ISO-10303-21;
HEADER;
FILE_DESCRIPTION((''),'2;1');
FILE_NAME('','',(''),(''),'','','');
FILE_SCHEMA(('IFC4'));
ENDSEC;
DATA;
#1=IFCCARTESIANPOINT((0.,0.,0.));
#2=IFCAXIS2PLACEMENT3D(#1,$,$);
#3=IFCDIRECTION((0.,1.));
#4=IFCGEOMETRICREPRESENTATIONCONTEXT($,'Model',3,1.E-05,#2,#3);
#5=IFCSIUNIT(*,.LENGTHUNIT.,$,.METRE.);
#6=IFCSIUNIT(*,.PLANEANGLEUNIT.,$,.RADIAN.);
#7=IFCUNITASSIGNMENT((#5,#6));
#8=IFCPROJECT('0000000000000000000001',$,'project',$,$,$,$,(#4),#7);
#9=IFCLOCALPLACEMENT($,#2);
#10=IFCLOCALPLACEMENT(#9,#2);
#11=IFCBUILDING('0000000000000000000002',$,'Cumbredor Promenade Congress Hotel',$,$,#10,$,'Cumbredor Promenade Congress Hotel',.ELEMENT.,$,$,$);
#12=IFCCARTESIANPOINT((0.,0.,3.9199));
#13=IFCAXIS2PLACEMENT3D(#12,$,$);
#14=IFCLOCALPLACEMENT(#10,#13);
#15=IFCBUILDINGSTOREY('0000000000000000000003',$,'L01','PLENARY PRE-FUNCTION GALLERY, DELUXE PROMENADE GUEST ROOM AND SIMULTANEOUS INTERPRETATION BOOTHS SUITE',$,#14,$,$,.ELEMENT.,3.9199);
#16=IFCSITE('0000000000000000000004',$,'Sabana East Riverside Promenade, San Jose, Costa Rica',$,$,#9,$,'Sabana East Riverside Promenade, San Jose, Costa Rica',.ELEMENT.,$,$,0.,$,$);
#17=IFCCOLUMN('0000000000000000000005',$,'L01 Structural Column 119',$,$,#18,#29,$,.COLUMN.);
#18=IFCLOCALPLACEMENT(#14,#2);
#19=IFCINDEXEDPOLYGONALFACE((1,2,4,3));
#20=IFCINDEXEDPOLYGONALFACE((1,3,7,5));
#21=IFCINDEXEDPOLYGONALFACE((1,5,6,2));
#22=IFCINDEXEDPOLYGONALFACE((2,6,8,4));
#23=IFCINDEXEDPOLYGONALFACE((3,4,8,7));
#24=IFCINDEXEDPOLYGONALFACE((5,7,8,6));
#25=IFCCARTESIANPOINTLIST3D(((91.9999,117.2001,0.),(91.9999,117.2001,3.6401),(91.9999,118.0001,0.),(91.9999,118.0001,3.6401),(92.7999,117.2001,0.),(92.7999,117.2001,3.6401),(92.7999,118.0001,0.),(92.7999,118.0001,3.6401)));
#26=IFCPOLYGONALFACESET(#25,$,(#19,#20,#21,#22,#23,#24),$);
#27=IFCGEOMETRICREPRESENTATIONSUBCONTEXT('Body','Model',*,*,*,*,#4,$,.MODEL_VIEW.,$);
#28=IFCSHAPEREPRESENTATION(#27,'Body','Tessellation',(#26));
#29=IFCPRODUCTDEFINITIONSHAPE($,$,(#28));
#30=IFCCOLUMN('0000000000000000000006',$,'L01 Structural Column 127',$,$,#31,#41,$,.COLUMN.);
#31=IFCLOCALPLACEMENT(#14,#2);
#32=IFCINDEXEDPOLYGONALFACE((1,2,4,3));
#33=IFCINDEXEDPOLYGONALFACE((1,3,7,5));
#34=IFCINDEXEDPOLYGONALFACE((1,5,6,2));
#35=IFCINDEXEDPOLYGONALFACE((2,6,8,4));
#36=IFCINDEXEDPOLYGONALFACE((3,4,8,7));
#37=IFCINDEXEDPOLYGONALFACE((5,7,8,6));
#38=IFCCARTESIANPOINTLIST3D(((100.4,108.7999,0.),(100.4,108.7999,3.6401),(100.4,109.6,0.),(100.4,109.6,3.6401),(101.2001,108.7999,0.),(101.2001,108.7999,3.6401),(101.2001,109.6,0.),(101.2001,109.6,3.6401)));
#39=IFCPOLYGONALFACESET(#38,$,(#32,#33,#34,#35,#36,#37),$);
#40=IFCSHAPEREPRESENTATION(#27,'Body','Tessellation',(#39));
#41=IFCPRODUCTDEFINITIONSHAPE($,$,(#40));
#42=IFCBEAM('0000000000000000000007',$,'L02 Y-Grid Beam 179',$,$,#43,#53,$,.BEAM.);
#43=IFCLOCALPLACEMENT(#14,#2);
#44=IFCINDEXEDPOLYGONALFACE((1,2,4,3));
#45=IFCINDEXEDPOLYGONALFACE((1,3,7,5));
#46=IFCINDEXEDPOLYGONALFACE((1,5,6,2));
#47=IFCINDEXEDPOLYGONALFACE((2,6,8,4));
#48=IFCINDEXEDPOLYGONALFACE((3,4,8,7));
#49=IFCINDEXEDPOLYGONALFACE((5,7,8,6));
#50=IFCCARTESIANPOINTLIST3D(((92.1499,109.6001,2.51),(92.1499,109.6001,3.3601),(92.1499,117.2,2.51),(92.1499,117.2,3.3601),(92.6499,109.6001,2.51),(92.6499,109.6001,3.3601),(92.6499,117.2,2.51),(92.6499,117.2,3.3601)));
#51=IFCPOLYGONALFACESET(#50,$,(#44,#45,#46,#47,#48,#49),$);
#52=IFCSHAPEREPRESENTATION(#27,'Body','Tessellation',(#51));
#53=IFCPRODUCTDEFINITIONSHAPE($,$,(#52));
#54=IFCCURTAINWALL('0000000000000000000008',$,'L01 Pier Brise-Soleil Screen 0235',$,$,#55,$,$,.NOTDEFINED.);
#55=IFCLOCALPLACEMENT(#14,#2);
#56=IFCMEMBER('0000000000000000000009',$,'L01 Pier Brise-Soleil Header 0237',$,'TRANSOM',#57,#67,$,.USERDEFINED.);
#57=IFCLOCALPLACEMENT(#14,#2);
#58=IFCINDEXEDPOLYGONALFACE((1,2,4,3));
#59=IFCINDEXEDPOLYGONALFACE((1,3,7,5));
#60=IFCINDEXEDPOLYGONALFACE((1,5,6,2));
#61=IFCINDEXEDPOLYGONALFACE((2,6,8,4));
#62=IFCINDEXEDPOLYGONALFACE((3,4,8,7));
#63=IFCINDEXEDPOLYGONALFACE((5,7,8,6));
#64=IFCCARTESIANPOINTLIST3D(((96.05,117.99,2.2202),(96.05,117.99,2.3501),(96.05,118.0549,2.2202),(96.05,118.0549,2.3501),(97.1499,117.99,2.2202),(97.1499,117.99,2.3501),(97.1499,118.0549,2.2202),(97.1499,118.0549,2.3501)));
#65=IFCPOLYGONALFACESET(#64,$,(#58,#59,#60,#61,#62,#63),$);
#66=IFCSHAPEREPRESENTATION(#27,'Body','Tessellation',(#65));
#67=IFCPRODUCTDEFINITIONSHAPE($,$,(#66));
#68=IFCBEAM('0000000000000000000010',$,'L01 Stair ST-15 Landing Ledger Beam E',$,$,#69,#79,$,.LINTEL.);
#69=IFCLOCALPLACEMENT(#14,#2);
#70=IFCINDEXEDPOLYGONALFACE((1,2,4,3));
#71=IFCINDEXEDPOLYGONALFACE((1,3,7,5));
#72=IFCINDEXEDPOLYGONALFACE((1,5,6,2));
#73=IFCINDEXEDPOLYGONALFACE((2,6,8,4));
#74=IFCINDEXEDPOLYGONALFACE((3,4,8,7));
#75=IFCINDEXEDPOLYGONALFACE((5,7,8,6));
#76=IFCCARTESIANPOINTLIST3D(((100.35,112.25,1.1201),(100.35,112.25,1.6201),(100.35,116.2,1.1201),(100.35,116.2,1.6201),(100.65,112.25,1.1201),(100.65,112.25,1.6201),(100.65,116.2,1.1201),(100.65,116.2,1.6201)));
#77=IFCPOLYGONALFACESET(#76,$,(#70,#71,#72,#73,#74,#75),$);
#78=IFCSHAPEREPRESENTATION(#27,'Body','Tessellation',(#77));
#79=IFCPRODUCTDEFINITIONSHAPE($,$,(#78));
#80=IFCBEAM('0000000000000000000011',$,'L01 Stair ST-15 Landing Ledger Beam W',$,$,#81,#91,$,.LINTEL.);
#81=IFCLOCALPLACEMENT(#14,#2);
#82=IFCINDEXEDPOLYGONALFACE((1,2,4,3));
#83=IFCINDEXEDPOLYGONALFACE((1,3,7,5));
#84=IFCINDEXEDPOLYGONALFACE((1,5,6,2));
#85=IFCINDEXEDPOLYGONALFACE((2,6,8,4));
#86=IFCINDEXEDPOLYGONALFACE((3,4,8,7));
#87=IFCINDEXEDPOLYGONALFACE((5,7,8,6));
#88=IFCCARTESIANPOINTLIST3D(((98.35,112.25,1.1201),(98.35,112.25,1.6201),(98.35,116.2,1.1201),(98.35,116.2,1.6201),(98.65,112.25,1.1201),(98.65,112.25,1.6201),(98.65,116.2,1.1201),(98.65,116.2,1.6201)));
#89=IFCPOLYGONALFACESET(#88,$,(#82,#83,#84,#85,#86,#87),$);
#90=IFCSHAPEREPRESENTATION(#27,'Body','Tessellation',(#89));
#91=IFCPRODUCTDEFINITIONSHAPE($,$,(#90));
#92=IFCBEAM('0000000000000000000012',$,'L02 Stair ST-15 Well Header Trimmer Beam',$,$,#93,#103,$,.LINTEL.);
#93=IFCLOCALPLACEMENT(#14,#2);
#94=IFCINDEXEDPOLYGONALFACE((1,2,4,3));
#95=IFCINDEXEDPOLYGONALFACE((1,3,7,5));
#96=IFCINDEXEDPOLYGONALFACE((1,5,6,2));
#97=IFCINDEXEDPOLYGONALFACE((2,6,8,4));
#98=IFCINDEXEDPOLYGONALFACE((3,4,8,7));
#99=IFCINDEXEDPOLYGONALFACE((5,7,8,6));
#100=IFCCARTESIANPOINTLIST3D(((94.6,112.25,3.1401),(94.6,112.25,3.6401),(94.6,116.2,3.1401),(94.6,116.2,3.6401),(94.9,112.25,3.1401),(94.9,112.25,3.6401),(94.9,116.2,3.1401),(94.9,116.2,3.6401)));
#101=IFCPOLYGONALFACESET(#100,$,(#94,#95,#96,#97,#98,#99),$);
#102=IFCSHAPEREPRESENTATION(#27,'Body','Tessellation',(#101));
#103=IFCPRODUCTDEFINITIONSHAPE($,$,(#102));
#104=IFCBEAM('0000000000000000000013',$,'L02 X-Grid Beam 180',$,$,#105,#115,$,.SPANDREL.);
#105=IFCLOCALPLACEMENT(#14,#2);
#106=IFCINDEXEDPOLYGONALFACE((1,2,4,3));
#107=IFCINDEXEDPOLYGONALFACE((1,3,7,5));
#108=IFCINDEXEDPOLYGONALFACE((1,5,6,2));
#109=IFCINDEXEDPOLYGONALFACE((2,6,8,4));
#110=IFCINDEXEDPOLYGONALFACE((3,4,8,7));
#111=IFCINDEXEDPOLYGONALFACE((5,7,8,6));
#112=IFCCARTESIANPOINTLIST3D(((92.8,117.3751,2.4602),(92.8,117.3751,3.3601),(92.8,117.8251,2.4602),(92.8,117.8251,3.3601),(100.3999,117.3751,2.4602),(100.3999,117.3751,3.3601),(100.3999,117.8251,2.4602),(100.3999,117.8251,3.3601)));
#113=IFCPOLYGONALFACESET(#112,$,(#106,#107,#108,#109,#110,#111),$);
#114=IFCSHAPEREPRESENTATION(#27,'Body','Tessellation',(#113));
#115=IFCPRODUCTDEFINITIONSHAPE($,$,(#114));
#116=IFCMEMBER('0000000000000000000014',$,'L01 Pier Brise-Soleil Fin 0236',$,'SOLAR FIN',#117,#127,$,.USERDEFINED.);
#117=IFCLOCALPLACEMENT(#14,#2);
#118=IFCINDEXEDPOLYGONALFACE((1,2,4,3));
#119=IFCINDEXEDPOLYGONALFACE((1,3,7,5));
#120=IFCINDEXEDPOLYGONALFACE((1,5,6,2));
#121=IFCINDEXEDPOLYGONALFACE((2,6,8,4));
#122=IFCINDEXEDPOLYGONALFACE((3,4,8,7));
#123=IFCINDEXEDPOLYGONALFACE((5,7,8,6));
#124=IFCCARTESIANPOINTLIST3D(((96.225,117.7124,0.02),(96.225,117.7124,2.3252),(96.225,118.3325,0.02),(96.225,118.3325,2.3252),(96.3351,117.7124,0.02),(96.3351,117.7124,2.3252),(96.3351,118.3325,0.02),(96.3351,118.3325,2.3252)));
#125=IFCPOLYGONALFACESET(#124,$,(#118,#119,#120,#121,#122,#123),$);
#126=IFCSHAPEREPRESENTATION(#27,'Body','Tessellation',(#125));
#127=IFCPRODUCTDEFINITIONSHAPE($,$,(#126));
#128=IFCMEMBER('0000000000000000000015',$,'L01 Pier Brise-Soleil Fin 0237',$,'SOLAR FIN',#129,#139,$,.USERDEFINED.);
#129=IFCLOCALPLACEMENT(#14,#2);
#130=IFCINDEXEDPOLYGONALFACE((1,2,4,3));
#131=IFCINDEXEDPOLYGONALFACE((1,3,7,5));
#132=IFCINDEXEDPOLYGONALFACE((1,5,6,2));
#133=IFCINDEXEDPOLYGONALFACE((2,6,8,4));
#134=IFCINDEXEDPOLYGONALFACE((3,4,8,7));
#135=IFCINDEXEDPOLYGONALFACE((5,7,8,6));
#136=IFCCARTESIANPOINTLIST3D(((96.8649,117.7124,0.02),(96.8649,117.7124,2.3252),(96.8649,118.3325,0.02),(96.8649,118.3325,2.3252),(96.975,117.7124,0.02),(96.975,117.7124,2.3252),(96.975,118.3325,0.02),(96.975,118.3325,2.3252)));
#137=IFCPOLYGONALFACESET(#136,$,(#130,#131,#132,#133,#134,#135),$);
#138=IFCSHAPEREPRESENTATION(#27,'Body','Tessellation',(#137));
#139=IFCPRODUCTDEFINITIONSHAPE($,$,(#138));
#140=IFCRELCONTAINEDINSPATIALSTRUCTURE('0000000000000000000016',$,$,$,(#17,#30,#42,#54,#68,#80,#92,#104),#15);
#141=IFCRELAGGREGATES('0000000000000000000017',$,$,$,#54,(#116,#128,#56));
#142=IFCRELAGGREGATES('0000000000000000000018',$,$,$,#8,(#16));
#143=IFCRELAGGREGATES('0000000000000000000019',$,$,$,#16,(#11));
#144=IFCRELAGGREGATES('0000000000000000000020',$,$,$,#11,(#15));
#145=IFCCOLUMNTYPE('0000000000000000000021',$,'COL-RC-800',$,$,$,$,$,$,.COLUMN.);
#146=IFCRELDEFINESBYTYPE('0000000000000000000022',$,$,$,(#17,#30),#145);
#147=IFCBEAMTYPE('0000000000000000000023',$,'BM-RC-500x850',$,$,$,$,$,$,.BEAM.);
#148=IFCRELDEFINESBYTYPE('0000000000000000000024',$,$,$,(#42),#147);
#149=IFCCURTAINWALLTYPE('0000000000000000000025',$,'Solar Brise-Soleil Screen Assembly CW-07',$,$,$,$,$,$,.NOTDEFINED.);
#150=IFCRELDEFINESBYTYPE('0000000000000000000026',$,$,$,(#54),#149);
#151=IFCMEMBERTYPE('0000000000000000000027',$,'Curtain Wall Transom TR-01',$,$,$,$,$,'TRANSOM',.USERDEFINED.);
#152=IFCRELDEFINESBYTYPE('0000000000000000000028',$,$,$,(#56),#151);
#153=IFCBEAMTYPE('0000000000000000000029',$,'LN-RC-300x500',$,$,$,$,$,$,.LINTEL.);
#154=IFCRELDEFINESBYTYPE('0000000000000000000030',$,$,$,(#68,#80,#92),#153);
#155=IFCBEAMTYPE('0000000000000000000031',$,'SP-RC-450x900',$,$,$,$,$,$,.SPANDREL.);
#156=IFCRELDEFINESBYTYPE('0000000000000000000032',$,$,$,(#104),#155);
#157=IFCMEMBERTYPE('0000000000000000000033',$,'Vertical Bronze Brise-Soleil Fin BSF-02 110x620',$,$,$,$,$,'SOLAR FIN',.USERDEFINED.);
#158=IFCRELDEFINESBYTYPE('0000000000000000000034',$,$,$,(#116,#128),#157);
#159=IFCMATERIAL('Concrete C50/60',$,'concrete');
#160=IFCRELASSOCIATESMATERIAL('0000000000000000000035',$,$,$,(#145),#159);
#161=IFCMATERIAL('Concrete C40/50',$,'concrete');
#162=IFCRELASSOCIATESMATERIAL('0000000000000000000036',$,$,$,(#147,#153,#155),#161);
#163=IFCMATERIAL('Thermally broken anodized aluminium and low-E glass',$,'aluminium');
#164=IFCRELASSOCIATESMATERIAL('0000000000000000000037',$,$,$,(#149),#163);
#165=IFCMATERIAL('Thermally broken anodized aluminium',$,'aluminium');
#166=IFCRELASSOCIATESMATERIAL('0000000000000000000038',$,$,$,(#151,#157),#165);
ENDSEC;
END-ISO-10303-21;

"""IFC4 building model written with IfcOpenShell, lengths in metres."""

from ifc_helpers import new_model, si_unit, direction, frame, origin, origin_2d, place, context, subcontext, project, spatial, rectangle, extrude, material, material_profile, profile_set, type_object, element, aggregate, save


model = new_model("IFC4")

# Units and contexts
model_context = context("Model", 3, precision=1e-05, world=origin(), true_north=direction((0.0, 1.0)))
body_context = subcontext(model_context, "Body", "Model", "MODEL_VIEW")
ifc_project = project(units=[si_unit("LENGTHUNIT", "METRE"), si_unit("PLANEANGLEUNIT", "RADIAN")], contexts=[model_context])

# Site, building, storey
site_placement = place(None, origin())
site = spatial("IfcSite", under=ifc_project, at=site_placement, Name="Sabana East Riverside Promenade, San Jose, Costa Rica", LongName="Sabana East Riverside Promenade, San Jose, Costa Rica", CompositionType="ELEMENT", RefElevation=0.0)
building_placement = place(site_placement, origin())
building = spatial("IfcBuilding", under=site, at=building_placement, Name="Cumbredor Promenade Congress Hotel", LongName="Cumbredor Promenade Congress Hotel", CompositionType="ELEMENT")
storey_placement = place(building_placement, frame((0.0, 0.0, 3.9199)))
storey = spatial("IfcBuildingStorey", under=building, at=storey_placement, Name="L01", Description="PLENARY PRE-FUNCTION GALLERY, DELUXE PROMENADE GUEST ROOM AND SIMULTANEOUS INTERPRETATION BOOTHS SUITE", CompositionType="ELEMENT", Elevation=3.9199)

# Columns
ifc_material_1 = material(Name="Concrete C50/60", Category="concrete")
ifc_material_profile_1 = material_profile(ifc_material_1, rectangle(XDim=0.8, YDim=0.8, at=origin_2d()), Name="RC 800x800")
ifc_profile_set_1 = profile_set([ifc_material_profile_1], Name="Concrete C50/60")
column_type = type_object("IfcColumnType", Name="COL-RC-800", PredefinedType="COLUMN", material=ifc_profile_set_1)
for number, where, z_axis, x_axis, name in (
    (1, (92.3999, 117.6001, 0.0), (0.0, 0.0, 1.0), (1.0, 0.0, 0.0), "L01 Structural Column 119"),
    (2, (100.8, 109.2, 0.0), (0.0, 0.0, 1.0), (1.0, 0.0, 0.0), "L01 Structural Column 127"),
):
    element("IfcColumn", number, at=place(storey_placement, frame(where, z_axis=z_axis, x_axis=x_axis)), inside=storey, type_object=column_type, Name=name, PredefinedType="COLUMN", context=body_context, shape_type="SweptSolid", body=[
        extrude(rectangle(XDim=0.8, YDim=0.8, at=origin_2d()), origin(), (0.0, 0.0, 1.0), 3.6401),
    ])

# Beam
ifc_material_2 = material(Name="Concrete C40/50", Category="concrete")
ifc_material_profile_2 = material_profile(ifc_material_2, rectangle(XDim=0.5, YDim=0.8501, at=origin_2d()), Name="RC BEAM 500x850")
ifc_profile_set_2 = profile_set([ifc_material_profile_2], Name="Concrete C40/50")
beam_type_1 = type_object("IfcBeamType", Name="BM-RC-500x850", PredefinedType="BEAM", material=ifc_profile_set_2)
beam_1_placement = place(storey_placement, frame((92.3999, 109.6001, 2.9351), z_axis=(0.0, 1.0, 0.0), x_axis=(-1.0, 0.0, 0.0)))
element("IfcBeam", 3, at=beam_1_placement, inside=storey, type_object=beam_type_1, Name="L02 Y-Grid Beam 179", PredefinedType="BEAM", context=body_context, shape_type="SweptSolid", body=[
    extrude(rectangle(XDim=0.5, YDim=0.8501, at=origin_2d()), origin(), (0.0, 0.0, 1.0), 7.5999),
])

# Curtain wall, member
ifc_material_3 = material(Name="Thermally broken anodized aluminium and low-E glass", Category="aluminium")
curtain_wall_type = type_object("IfcCurtainWallType", Name="Solar Brise-Soleil Screen Assembly CW-07", PredefinedType="NOTDEFINED", material=ifc_material_3)
curtain_wall_placement = place(storey_placement, origin())
curtain_wall = element("IfcCurtainWall", 4, at=curtain_wall_placement, inside=storey, type_object=curtain_wall_type, Name="L01 Pier Brise-Soleil Screen 0235", PredefinedType="NOTDEFINED")
ifc_material_4 = material(Name="Thermally broken anodized aluminium", Category="aluminium")
ifc_material_profile_3 = material_profile(ifc_material_4, rectangle(XDim=0.0649, YDim=0.1299, at=origin_2d()), Name="ALU TRANSOM 65x130")
ifc_profile_set_3 = profile_set([ifc_material_profile_3], Name="Thermally broken anodized aluminium")
member_type_1 = type_object("IfcMemberType", Name="Curtain Wall Transom TR-01", ElementType="TRANSOM", PredefinedType="USERDEFINED", material=ifc_profile_set_3)
member_1_placement = place(storey_placement, frame((96.05, 118.0225, 2.2852), z_axis=(1.0, 0.0, 0.0), x_axis=(0.0, 1.0, 0.0)))
member_1 = element("IfcMember", 5, at=member_1_placement, type_object=member_type_1, Name="L01 Pier Brise-Soleil Header 0237", ObjectType="TRANSOM", PredefinedType="USERDEFINED", context=body_context, shape_type="SweptSolid", body=[
    extrude(rectangle(XDim=0.0649, YDim=0.1299, at=origin_2d()), origin(), (0.0, 0.0, 1.0), 1.0999),
])

# Beams
ifc_material_profile_4 = material_profile(ifc_material_2, rectangle(XDim=0.3, YDim=0.5, at=origin_2d()), Name="RC LINTEL 300x500")
ifc_profile_set_4 = profile_set([ifc_material_profile_4], Name="Concrete C40/50")
beam_type_2 = type_object("IfcBeamType", Name="LN-RC-300x500", PredefinedType="LINTEL", material=ifc_profile_set_4)
for number, where, z_axis, x_axis, name in (
    (6, (100.5, 112.25, 1.3701), (0.0, 1.0, 0.0), (-1.0, 0.0, 0.0), "L01 Stair ST-15 Landing Ledger Beam E"),
    (7, (98.5, 112.25, 1.3701), (0.0, 1.0, 0.0), (-1.0, 0.0, 0.0), "L01 Stair ST-15 Landing Ledger Beam W"),
    (8, (94.75, 112.25, 3.3901), (0.0, 1.0, 0.0), (-1.0, 0.0, 0.0), "L02 Stair ST-15 Well Header Trimmer Beam"),
):
    element("IfcBeam", number, at=place(storey_placement, frame(where, z_axis=z_axis, x_axis=x_axis)), inside=storey, type_object=beam_type_2, Name=name, PredefinedType="LINTEL", context=body_context, shape_type="SweptSolid", body=[
        extrude(rectangle(XDim=0.3, YDim=0.5, at=origin_2d()), origin(), (0.0, 0.0, 1.0), 3.95),
    ])
ifc_material_profile_5 = material_profile(ifc_material_2, rectangle(XDim=0.45, YDim=0.8999, at=origin_2d()), Name="RC SPANDREL 450x900")
ifc_profile_set_5 = profile_set([ifc_material_profile_5], Name="Concrete C40/50")
beam_type_3 = type_object("IfcBeamType", Name="SP-RC-450x900", PredefinedType="SPANDREL", material=ifc_profile_set_5)
beam_2_placement = place(storey_placement, frame((92.8, 117.6001, 2.9102), z_axis=(1.0, 0.0, 0.0), x_axis=(0.0, 1.0, 0.0)))
element("IfcBeam", 9, at=beam_2_placement, inside=storey, type_object=beam_type_3, Name="L02 X-Grid Beam 180", PredefinedType="SPANDREL", context=body_context, shape_type="SweptSolid", body=[
    extrude(rectangle(XDim=0.45, YDim=0.8999, at=origin_2d()), origin(), (0.0, 0.0, 1.0), 7.5999),
])

# Members
ifc_material_profile_6 = material_profile(ifc_material_4, rectangle(XDim=0.1101, YDim=0.6201, at=origin_2d()), Name="ARCH FIN 110x620")
ifc_profile_set_6 = profile_set([ifc_material_profile_6], Name="Thermally broken anodized aluminium")
member_type_2 = type_object("IfcMemberType", Name="Vertical Bronze Brise-Soleil Fin BSF-02 110x620", ElementType="SOLAR FIN", PredefinedType="USERDEFINED", material=ifc_profile_set_6)
member_2_placement = place(storey_placement, frame((96.28, 118.0225, 0.02), z_axis=(0.0, 0.0, 1.0), x_axis=(1.0, 0.0, 0.0)))
member_2 = element("IfcMember", 10, at=member_2_placement, type_object=member_type_2, Name="L01 Pier Brise-Soleil Fin 0236", ObjectType="SOLAR FIN", PredefinedType="USERDEFINED", context=body_context, shape_type="SweptSolid", body=[
    extrude(rectangle(XDim=0.1101, YDim=0.6201, at=origin_2d()), origin(), (0.0, 0.0, 1.0), 2.3052),
])
member_3_placement = place(storey_placement, frame((96.9199, 118.0225, 0.02), z_axis=(0.0, 0.0, 1.0), x_axis=(1.0, 0.0, 0.0)))
member_3 = element("IfcMember", 11, at=member_3_placement, type_object=member_type_2, Name="L01 Pier Brise-Soleil Fin 0237", ObjectType="SOLAR FIN", PredefinedType="USERDEFINED", context=body_context, shape_type="SweptSolid", body=[
    extrude(rectangle(XDim=0.1101, YDim=0.6201, at=origin_2d()), origin(), (0.0, 0.0, 1.0), 2.3052),
])
aggregate(curtain_wall, [member_2, member_3, member_1])

save(model, "model.ifc")
